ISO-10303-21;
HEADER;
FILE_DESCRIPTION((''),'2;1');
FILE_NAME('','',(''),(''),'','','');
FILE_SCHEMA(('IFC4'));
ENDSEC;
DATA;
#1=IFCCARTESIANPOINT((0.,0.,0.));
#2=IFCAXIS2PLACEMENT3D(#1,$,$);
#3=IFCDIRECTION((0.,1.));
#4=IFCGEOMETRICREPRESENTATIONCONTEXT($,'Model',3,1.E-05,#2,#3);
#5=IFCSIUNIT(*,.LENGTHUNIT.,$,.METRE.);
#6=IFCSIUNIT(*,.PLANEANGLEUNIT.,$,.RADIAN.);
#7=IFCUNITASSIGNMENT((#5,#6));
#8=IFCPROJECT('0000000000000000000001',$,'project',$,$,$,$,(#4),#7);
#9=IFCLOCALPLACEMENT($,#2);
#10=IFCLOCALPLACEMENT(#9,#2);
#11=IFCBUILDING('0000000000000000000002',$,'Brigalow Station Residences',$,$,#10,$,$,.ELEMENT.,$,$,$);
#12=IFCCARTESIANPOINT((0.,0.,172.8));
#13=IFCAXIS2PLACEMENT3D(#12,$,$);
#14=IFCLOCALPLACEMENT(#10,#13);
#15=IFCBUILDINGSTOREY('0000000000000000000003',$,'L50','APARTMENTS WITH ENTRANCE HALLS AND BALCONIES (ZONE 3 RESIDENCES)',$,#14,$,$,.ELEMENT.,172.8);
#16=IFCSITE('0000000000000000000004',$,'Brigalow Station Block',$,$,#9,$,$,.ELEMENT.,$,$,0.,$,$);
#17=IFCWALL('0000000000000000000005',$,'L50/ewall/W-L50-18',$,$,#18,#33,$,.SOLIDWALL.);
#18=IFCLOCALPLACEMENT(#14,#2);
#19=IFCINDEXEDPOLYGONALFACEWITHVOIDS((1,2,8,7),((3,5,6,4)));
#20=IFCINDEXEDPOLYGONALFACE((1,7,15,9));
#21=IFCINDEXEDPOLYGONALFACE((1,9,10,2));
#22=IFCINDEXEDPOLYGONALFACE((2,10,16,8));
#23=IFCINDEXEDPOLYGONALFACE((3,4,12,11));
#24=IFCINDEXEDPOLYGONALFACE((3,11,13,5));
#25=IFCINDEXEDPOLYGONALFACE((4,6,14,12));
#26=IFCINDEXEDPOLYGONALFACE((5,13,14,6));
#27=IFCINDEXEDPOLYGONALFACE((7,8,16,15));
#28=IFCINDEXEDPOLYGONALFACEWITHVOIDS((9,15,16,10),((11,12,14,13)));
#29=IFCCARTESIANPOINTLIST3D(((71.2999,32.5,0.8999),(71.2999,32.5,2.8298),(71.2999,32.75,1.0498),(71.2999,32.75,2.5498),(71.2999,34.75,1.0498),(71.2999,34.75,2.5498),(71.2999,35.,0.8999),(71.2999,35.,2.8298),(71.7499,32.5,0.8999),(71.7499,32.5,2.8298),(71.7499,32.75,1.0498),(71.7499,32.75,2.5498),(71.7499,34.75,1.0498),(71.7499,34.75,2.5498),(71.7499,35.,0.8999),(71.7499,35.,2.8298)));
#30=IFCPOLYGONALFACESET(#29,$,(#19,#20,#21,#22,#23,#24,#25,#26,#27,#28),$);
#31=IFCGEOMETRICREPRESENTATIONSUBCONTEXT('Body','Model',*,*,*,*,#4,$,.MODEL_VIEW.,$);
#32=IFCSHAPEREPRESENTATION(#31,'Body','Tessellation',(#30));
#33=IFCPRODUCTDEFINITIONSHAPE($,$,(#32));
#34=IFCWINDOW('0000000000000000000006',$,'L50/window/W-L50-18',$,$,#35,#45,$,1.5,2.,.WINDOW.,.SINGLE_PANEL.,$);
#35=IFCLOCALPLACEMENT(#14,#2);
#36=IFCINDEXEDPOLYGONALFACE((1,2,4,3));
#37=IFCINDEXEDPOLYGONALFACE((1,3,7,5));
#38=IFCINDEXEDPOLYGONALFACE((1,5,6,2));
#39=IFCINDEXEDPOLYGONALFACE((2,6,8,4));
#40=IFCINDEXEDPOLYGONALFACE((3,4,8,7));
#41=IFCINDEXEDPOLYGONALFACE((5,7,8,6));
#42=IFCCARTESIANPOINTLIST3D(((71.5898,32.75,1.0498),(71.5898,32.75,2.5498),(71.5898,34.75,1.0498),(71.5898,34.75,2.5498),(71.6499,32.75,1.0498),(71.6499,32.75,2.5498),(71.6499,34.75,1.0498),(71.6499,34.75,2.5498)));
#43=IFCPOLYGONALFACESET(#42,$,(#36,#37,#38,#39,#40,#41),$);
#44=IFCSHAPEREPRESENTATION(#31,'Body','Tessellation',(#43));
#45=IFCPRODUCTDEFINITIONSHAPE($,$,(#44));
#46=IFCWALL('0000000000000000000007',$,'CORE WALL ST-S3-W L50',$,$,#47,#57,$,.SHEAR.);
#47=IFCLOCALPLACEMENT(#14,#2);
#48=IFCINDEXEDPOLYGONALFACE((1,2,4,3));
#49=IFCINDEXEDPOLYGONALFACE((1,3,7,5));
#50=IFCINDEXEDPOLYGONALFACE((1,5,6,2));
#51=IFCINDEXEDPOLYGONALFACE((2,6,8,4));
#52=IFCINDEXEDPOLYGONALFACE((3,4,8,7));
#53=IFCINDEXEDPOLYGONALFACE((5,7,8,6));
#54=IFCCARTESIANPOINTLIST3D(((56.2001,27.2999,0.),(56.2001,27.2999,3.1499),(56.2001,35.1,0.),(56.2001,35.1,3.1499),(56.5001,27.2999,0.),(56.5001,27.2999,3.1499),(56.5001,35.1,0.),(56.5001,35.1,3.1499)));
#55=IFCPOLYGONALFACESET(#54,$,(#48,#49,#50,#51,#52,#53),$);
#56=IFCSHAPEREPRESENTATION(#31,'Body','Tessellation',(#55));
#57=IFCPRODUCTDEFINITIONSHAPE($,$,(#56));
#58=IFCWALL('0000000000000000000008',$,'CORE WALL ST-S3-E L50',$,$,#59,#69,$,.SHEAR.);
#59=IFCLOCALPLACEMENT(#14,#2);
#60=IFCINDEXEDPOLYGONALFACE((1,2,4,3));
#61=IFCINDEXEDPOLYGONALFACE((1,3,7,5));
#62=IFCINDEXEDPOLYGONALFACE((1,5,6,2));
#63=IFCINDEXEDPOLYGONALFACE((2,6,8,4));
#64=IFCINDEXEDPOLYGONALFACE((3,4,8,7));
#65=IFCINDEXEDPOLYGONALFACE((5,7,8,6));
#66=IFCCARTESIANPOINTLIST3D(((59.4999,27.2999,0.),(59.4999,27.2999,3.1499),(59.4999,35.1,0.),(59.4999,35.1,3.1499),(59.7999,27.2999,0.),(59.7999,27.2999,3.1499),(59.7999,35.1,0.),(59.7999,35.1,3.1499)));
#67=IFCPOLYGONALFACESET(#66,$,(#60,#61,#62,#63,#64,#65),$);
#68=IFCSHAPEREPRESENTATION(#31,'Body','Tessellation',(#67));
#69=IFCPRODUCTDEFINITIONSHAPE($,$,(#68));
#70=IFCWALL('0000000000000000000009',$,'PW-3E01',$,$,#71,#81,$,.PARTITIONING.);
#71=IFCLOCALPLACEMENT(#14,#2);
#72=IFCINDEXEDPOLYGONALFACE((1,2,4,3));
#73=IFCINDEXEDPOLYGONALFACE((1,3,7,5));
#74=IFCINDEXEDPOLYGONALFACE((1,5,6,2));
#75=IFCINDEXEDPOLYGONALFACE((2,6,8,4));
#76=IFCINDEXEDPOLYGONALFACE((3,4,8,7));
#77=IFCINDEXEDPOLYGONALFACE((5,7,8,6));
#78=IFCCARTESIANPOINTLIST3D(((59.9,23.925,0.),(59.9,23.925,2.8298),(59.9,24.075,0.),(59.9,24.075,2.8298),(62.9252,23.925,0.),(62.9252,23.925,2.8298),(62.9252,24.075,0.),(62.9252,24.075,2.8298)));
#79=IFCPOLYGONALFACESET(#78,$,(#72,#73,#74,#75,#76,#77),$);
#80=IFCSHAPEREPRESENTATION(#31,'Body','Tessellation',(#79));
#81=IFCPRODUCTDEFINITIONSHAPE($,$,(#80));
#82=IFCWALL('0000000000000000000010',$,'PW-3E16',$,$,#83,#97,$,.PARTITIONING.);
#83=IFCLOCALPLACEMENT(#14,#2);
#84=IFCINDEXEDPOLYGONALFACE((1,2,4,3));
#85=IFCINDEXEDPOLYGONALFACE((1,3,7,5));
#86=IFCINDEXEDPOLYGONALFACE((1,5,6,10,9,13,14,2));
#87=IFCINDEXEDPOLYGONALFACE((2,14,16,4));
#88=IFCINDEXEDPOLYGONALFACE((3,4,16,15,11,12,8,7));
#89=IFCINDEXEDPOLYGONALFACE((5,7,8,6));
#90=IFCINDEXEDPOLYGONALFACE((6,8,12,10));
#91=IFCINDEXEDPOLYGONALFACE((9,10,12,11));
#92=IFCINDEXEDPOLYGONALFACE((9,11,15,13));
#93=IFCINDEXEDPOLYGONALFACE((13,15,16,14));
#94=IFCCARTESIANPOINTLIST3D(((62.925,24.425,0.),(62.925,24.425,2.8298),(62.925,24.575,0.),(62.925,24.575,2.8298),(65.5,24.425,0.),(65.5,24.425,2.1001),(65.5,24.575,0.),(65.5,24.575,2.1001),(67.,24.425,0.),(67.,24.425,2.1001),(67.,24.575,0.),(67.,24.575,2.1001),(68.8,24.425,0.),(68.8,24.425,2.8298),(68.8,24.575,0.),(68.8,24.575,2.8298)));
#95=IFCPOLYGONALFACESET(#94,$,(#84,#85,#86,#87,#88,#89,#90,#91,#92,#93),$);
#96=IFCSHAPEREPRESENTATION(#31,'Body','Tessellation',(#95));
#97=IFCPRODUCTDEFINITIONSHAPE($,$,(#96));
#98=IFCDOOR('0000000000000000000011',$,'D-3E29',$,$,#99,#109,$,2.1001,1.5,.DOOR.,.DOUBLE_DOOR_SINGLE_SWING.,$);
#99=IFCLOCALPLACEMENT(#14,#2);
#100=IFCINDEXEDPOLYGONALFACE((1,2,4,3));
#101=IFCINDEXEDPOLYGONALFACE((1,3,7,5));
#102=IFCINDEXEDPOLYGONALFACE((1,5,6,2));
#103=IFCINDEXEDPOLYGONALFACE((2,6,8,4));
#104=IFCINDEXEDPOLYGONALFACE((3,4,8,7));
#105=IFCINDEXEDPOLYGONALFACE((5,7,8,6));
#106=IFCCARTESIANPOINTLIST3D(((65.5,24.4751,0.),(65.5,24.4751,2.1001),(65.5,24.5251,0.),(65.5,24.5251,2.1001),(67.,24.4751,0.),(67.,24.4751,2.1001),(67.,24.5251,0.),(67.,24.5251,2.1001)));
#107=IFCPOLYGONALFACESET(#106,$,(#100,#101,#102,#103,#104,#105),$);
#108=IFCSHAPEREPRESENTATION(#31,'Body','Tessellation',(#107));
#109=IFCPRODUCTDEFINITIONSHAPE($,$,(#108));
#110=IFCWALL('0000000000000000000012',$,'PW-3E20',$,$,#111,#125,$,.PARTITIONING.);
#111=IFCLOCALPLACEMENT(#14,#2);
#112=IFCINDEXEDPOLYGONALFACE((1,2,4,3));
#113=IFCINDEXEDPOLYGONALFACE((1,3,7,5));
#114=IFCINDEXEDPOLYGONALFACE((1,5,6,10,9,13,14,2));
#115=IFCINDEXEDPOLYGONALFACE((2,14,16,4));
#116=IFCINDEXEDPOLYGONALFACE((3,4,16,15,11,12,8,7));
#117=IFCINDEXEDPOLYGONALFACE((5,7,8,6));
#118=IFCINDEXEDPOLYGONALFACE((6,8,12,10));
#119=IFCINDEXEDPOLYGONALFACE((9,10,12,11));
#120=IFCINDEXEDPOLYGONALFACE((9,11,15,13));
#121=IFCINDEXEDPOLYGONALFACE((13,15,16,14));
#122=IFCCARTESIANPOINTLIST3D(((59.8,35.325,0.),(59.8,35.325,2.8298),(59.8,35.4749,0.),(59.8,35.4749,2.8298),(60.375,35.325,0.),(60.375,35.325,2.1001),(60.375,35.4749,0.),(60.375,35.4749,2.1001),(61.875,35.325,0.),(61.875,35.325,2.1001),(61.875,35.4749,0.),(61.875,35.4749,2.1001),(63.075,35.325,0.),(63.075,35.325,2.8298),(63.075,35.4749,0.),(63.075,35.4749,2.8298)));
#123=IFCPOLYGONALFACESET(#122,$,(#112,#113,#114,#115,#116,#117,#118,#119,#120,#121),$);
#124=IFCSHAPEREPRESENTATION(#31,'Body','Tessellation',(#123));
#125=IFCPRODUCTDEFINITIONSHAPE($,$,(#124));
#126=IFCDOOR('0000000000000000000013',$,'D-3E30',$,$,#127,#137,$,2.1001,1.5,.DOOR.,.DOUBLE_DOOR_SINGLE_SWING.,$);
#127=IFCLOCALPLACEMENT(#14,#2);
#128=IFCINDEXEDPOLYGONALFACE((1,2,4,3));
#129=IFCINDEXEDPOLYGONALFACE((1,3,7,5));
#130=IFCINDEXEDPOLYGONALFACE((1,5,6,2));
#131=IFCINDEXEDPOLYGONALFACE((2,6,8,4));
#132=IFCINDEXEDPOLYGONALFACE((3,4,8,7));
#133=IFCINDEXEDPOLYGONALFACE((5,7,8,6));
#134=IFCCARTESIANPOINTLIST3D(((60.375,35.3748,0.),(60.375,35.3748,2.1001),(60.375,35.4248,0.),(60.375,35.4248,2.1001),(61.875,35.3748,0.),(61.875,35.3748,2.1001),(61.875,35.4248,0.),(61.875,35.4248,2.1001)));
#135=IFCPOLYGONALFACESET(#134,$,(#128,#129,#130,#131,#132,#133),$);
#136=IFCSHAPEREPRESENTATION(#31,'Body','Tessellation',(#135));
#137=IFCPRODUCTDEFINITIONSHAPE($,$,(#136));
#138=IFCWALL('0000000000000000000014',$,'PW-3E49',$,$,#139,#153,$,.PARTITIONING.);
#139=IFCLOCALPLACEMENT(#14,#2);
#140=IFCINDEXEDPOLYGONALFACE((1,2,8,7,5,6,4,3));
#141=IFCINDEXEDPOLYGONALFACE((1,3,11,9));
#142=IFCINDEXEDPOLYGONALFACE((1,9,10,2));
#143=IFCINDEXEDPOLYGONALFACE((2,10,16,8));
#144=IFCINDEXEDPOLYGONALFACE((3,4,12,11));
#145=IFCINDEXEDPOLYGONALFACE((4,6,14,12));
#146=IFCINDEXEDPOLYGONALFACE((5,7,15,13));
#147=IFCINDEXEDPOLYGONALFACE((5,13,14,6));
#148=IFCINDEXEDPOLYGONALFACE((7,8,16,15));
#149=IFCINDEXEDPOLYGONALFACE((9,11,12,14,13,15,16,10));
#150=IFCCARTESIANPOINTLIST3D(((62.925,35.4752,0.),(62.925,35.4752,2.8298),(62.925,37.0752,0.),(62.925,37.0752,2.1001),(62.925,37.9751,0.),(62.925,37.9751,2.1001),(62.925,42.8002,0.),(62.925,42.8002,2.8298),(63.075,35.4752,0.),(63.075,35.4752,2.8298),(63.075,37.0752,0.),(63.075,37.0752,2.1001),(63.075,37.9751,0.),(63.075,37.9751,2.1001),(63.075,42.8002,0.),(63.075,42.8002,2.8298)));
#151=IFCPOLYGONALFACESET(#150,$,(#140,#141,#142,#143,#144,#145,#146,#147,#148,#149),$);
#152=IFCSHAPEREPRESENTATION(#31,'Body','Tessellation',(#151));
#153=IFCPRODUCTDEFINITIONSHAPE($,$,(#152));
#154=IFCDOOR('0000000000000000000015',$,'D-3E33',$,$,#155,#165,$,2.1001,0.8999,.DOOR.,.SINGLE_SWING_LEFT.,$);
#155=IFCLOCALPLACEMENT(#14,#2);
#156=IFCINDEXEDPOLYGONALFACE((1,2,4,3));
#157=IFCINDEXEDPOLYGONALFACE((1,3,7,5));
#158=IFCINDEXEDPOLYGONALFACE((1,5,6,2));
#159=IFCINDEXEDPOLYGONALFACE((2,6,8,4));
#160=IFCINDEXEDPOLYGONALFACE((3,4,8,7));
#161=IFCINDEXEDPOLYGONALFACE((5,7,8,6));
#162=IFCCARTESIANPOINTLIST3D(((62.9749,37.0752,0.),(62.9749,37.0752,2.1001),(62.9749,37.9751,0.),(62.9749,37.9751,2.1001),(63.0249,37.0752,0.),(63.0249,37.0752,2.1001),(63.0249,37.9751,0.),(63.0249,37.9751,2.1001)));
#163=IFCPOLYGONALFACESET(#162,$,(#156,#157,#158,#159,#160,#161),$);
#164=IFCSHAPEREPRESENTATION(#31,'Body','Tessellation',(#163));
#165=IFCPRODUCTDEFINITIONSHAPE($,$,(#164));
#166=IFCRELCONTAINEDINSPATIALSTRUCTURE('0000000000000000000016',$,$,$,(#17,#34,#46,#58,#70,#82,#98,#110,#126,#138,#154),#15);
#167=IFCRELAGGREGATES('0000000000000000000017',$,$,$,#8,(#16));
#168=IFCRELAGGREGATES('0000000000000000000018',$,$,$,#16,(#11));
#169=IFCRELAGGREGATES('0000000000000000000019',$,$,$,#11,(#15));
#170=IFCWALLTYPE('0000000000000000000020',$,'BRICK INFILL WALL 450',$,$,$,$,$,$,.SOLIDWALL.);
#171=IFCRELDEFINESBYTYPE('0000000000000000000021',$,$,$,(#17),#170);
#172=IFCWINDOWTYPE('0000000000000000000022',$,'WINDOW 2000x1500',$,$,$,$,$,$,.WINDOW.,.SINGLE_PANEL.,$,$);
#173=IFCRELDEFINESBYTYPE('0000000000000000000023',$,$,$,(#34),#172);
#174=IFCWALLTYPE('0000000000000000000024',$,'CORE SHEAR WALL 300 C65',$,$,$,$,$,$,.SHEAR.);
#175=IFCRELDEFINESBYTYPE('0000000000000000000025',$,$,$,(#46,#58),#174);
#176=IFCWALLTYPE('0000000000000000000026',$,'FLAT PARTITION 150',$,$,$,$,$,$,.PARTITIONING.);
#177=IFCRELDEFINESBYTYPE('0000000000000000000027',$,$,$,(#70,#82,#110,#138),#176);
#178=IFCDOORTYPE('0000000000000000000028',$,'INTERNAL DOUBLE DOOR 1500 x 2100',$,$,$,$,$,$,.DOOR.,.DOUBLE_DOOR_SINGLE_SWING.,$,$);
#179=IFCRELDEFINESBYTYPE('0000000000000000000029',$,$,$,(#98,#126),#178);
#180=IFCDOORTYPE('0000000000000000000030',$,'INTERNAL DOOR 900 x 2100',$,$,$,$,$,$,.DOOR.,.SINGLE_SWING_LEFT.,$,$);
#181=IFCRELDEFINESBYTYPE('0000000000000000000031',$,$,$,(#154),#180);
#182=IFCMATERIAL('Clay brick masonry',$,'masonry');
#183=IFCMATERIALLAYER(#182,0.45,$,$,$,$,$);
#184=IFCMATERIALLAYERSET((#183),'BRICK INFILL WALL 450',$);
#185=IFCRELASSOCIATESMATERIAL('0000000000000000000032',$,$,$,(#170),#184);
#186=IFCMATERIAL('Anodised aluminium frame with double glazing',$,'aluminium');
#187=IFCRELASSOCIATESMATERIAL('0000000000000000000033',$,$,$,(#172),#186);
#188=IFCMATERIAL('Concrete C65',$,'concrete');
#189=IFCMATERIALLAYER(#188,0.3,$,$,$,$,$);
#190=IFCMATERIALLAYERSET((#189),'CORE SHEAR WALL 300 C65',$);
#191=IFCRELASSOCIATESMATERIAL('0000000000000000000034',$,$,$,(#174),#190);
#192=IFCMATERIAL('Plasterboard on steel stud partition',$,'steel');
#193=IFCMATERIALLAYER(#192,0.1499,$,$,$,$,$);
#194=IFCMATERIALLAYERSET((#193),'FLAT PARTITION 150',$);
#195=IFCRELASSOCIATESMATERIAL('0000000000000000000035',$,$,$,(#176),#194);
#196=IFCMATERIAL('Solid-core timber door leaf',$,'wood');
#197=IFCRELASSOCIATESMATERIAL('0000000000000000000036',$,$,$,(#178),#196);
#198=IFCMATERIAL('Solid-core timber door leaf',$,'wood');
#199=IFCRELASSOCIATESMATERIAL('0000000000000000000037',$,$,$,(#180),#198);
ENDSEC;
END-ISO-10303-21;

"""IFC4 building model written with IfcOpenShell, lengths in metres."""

from ifc_helpers import new_model, si_unit, direction, frame, frame_2d, origin, place, context, subcontext, project, spatial, rectangle, extrude, material, layer, layer_set, type_object, element, fill, save


model = new_model("IFC4")

# Units and contexts
model_context = context("Model", 3, precision=1e-05, world=origin(), true_north=direction((0.0, 1.0)))
body_context = subcontext(model_context, "Body", "Model", "MODEL_VIEW")
ifc_project = project(units=[si_unit("LENGTHUNIT", "METRE"), si_unit("PLANEANGLEUNIT", "RADIAN")], contexts=[model_context])

# Site, building, storey
site_placement = place(None, origin())
site = spatial("IfcSite", under=ifc_project, at=site_placement, Name="Brigalow Station Block", CompositionType="ELEMENT", RefElevation=0.0)
building_placement = place(site_placement, origin())
building = spatial("IfcBuilding", under=site, at=building_placement, Name="Brigalow Station Residences", CompositionType="ELEMENT")
storey_placement = place(building_placement, frame((0.0, 0.0, 172.8)))
storey = spatial("IfcBuildingStorey", under=building, at=storey_placement, Name="L50", Description="APARTMENTS WITH ENTRANCE HALLS AND BALCONIES (ZONE 3 RESIDENCES)", CompositionType="ELEMENT", Elevation=172.8)

# Shared definitions
ifc_material_1 = material(Name="Clay brick masonry", Category="masonry")
ifc_layer_1 = layer(ifc_material_1, 0.45)
ifc_layer_set_1 = layer_set([ifc_layer_1], Name="BRICK INFILL WALL 450")
wall_type_1 = type_object("IfcWallType", Name="BRICK INFILL WALL 450", PredefinedType="SOLIDWALL", material=ifc_layer_set_1)

# Wall, opening, window
wall_1_placement = place(storey_placement, frame((71.5249, 32.5, 0.8999), z_axis=(0.0, 0.0, 1.0), x_axis=(0.0, 1.0, 0.0)))
wall_1 = element("IfcWall", 1, at=wall_1_placement, inside=storey, type_object=wall_type_1, Name="L50/ewall/W-L50-18", PredefinedType="SOLIDWALL", context=body_context, shape_type="SweptSolid", body=[
    extrude(rectangle(XDim=2.5, YDim=0.45, at=frame_2d((1.25, 0.0))), origin(), (0.0, 0.0, 1.0), 1.9299),
])
opening_1_placement = place(wall_1_placement, frame((0.25, 0.0, 0.1499)))
opening_1 = element("IfcOpeningElement", 2, at=opening_1_placement, cuts=wall_1, PredefinedType="OPENING", context=body_context, shape_type="SweptSolid", body=[
    extrude(rectangle(XDim=2.0, YDim=1.5, at=frame_2d((1.0, 0.75))), frame((0.0, 0.2349, 0.0), z_axis=(0.0, -1.0, 0.0), x_axis=(1.0, 0.0, 0.0)), (0.0, 0.0, 1.0), 0.47),
])
ifc_material_2 = material(Name="Anodised aluminium frame with double glazing", Category="aluminium")
window_type_1 = type_object("IfcWindowType", Name="WINDOW 2000x1500", PartitioningType="SINGLE_PANEL", PredefinedType="WINDOW", material=ifc_material_2)
window_1_placement = place(opening_1_placement, origin())
window_1 = element("IfcWindow", 3, at=window_1_placement, inside=storey, type_object=window_type_1, Name="L50/window/W-L50-18", OverallHeight=1.5, OverallWidth=2.0, PartitioningType="SINGLE_PANEL", PredefinedType="WINDOW", context=body_context, shape_type="SweptSolid", body=[
    extrude(rectangle(XDim=2.0, YDim=1.5, at=frame_2d((1.0, 0.75))), frame((0.0, -0.0649, 0.0), z_axis=(0.0, -1.0, 0.0), x_axis=(1.0, 0.0, 0.0)), (0.0, 0.0, 1.0), 0.0601),
])
fill(opening_1, window_1)

# Walls
ifc_material_3 = material(Name="Concrete C65", Category="concrete")
ifc_layer_2 = layer(ifc_material_3, 0.3)
ifc_layer_set_2 = layer_set([ifc_layer_2], Name="CORE SHEAR WALL 300 C65")
wall_type_2 = type_object("IfcWallType", Name="CORE SHEAR WALL 300 C65", PredefinedType="SHEAR", material=ifc_layer_set_2)
for number, where, z_axis, x_axis, name in (
    (4, (56.3501, 27.3, 0.0), (0.0, 0.0, 1.0), (0.0, 1.0, 0.0), "CORE WALL ST-S3-W L50"),
    (5, (59.6499, 27.3, 0.0), (0.0, 0.0, 1.0), (0.0, 1.0, 0.0), "CORE WALL ST-S3-E L50"),
):
    element("IfcWall", number, at=place(storey_placement, frame(where, z_axis=z_axis, x_axis=x_axis)), inside=storey, type_object=wall_type_2, Name=name, PredefinedType="SHEAR", context=body_context, shape_type="SweptSolid", body=[
        extrude(rectangle(XDim=7.8, YDim=0.3, at=frame_2d((3.8999, 0.0))), origin(), (0.0, 0.0, 1.0), 3.1499),
    ])
ifc_material_4 = material(Name="Plasterboard on steel stud partition", Category="steel")
ifc_layer_3 = layer(ifc_material_4, 0.1499)
ifc_layer_set_3 = layer_set([ifc_layer_3], Name="FLAT PARTITION 150")
wall_type_3 = type_object("IfcWallType", Name="FLAT PARTITION 150", PredefinedType="PARTITIONING", material=ifc_layer_set_3)
wall_2_placement = place(storey_placement, frame((59.8999, 24.0, 0.0), z_axis=(0.0, 0.0, 1.0), x_axis=(1.0, 0.0, 0.0)))
element("IfcWall", 6, at=wall_2_placement, inside=storey, type_object=wall_type_3, Name="PW-3E01", PredefinedType="PARTITIONING", context=body_context, shape_type="SweptSolid", body=[
    extrude(rectangle(XDim=3.0251, YDim=0.1499, at=frame_2d((1.5127, 0.0))), origin(), (0.0, 0.0, 1.0), 2.8298),
])

# Walls, openings, doors
wall_3_placement = place(storey_placement, frame((62.925, 24.5, 0.0), z_axis=(0.0, 0.0, 1.0), x_axis=(1.0, 0.0, 0.0)))
wall_3 = element("IfcWall", 7, at=wall_3_placement, inside=storey, type_object=wall_type_3, Name="PW-3E16", PredefinedType="PARTITIONING", context=body_context, shape_type="SweptSolid", body=[
    extrude(rectangle(XDim=5.875, YDim=0.1499, at=frame_2d((2.9375, 0.0))), origin(), (0.0, 0.0, 1.0), 2.8298),
])
opening_2_placement = place(wall_3_placement, frame((2.575, 0.0, 0.0)))
opening_2 = element("IfcOpeningElement", 8, at=opening_2_placement, cuts=wall_3, PredefinedType="OPENING", context=body_context, shape_type="SweptSolid", body=[
    extrude(rectangle(XDim=1.5, YDim=2.1001, at=frame_2d((0.75, 1.05))), frame((0.0, 0.085, 0.0), z_axis=(0.0, -1.0, 0.0), x_axis=(1.0, 0.0, 0.0)), (0.0, 0.0, 1.0), 0.1699),
])
ifc_material_5 = material(Name="Solid-core timber door leaf", Category="wood")
door_type_1 = type_object("IfcDoorType", Name="INTERNAL DOUBLE DOOR 1500 x 2100", OperationType="DOUBLE_DOOR_SINGLE_SWING", PredefinedType="DOOR", material=ifc_material_5)
door_1_placement = place(opening_2_placement, frame((1.5, 0.0, 0.0), z_axis=(0.0, 0.0, 1.0), x_axis=(-1.0, 0.0, 0.0)))
door_1 = element("IfcDoor", 9, at=door_1_placement, inside=storey, type_object=door_type_1, Name="D-3E29", OperationType="DOUBLE_DOOR_SINGLE_SWING", OverallHeight=2.1001, OverallWidth=1.5, PredefinedType="DOOR", context=body_context, shape_type="SweptSolid", body=[
    extrude(rectangle(XDim=1.5, YDim=2.1001, at=frame_2d((0.75, 1.05))), frame((0.0, 0.0249, 0.0), z_axis=(0.0, -1.0, 0.0), x_axis=(1.0, 0.0, 0.0)), (0.0, 0.0, 1.0), 0.05),
])
fill(opening_2, door_1)
wall_4_placement = place(storey_placement, frame((59.8, 35.3999, 0.0), z_axis=(0.0, 0.0, 1.0), x_axis=(1.0, 0.0, 0.0)))
wall_4 = element("IfcWall", 10, at=wall_4_placement, inside=storey, type_object=wall_type_3, Name="PW-3E20", PredefinedType="PARTITIONING", context=body_context, shape_type="SweptSolid", body=[
    extrude(rectangle(XDim=3.2749, YDim=0.1499, at=frame_2d((1.6375, 0.0))), origin(), (0.0, 0.0, 1.0), 2.8298),
])
opening_3_placement = place(wall_4_placement, frame((0.575, 0.0, 0.0)))
opening_3 = element("IfcOpeningElement", 11, at=opening_3_placement, cuts=wall_4, PredefinedType="OPENING", context=body_context, shape_type="SweptSolid", body=[
    extrude(rectangle(XDim=1.5, YDim=2.1001, at=frame_2d((0.75, 1.05))), frame((0.0, 0.085, 0.0), z_axis=(0.0, -1.0, 0.0), x_axis=(1.0, 0.0, 0.0)), (0.0, 0.0, 1.0), 0.1699),
])
door_2_placement = place(opening_3_placement, origin())
door_2 = element("IfcDoor", 12, at=door_2_placement, inside=storey, type_object=door_type_1, Name="D-3E30", OperationType="DOUBLE_DOOR_SINGLE_SWING", OverallHeight=2.1001, OverallWidth=1.5, PredefinedType="DOOR", context=body_context, shape_type="SweptSolid", body=[
    extrude(rectangle(XDim=1.5, YDim=2.1001, at=frame_2d((0.75, 1.05))), frame((0.0, 0.0249, 0.0), z_axis=(0.0, -1.0, 0.0), x_axis=(1.0, 0.0, 0.0)), (0.0, 0.0, 1.0), 0.05),
])
fill(opening_3, door_2)
wall_5_placement = place(storey_placement, frame((63.0, 35.4751, 0.0), z_axis=(0.0, 0.0, 1.0), x_axis=(0.0, 1.0, 0.0)))
wall_5 = element("IfcWall", 13, at=wall_5_placement, inside=storey, type_object=wall_type_3, Name="PW-3E49", PredefinedType="PARTITIONING", context=body_context, shape_type="SweptSolid", body=[
    extrude(rectangle(XDim=7.325, YDim=0.1499, at=frame_2d((3.6626, 0.0))), origin(), (0.0, 0.0, 1.0), 2.8298),
])
opening_4_placement = place(wall_5_placement, frame((1.6001, 0.0, 0.0)))
opening_4 = element("IfcOpeningElement", 14, at=opening_4_placement, cuts=wall_5, PredefinedType="OPENING", context=body_context, shape_type="SweptSolid", body=[
    extrude(rectangle(XDim=0.8999, YDim=2.1001, at=frame_2d((0.45, 1.05))), frame((0.0, 0.085, 0.0), z_axis=(0.0, -1.0, 0.0), x_axis=(1.0, 0.0, 0.0)), (0.0, 0.0, 1.0), 0.1699),
])
ifc_material_6 = material(Name="Solid-core timber door leaf", Category="wood")
door_type_2 = type_object("IfcDoorType", Name="INTERNAL DOOR 900 x 2100", OperationType="SINGLE_SWING_LEFT", PredefinedType="DOOR", material=ifc_material_6)
door_3_placement = place(opening_4_placement, frame((0.8999, 0.0, 0.0), z_axis=(0.0, 0.0, 1.0), x_axis=(-1.0, 0.0, 0.0)))
door_3 = element("IfcDoor", 15, at=door_3_placement, inside=storey, type_object=door_type_2, Name="D-3E33", OperationType="SINGLE_SWING_LEFT", OverallHeight=2.1001, OverallWidth=0.8999, PredefinedType="DOOR", context=body_context, shape_type="SweptSolid", body=[
    extrude(rectangle(XDim=0.8999, YDim=2.1001, at=frame_2d((0.45, 1.05))), frame((0.0, 0.0249, 0.0), z_axis=(0.0, -1.0, 0.0), x_axis=(1.0, 0.0, 0.0)), (0.0, 0.0, 1.0), 0.05),
])
fill(opening_4, door_3)

save(model, "model.ifc")
